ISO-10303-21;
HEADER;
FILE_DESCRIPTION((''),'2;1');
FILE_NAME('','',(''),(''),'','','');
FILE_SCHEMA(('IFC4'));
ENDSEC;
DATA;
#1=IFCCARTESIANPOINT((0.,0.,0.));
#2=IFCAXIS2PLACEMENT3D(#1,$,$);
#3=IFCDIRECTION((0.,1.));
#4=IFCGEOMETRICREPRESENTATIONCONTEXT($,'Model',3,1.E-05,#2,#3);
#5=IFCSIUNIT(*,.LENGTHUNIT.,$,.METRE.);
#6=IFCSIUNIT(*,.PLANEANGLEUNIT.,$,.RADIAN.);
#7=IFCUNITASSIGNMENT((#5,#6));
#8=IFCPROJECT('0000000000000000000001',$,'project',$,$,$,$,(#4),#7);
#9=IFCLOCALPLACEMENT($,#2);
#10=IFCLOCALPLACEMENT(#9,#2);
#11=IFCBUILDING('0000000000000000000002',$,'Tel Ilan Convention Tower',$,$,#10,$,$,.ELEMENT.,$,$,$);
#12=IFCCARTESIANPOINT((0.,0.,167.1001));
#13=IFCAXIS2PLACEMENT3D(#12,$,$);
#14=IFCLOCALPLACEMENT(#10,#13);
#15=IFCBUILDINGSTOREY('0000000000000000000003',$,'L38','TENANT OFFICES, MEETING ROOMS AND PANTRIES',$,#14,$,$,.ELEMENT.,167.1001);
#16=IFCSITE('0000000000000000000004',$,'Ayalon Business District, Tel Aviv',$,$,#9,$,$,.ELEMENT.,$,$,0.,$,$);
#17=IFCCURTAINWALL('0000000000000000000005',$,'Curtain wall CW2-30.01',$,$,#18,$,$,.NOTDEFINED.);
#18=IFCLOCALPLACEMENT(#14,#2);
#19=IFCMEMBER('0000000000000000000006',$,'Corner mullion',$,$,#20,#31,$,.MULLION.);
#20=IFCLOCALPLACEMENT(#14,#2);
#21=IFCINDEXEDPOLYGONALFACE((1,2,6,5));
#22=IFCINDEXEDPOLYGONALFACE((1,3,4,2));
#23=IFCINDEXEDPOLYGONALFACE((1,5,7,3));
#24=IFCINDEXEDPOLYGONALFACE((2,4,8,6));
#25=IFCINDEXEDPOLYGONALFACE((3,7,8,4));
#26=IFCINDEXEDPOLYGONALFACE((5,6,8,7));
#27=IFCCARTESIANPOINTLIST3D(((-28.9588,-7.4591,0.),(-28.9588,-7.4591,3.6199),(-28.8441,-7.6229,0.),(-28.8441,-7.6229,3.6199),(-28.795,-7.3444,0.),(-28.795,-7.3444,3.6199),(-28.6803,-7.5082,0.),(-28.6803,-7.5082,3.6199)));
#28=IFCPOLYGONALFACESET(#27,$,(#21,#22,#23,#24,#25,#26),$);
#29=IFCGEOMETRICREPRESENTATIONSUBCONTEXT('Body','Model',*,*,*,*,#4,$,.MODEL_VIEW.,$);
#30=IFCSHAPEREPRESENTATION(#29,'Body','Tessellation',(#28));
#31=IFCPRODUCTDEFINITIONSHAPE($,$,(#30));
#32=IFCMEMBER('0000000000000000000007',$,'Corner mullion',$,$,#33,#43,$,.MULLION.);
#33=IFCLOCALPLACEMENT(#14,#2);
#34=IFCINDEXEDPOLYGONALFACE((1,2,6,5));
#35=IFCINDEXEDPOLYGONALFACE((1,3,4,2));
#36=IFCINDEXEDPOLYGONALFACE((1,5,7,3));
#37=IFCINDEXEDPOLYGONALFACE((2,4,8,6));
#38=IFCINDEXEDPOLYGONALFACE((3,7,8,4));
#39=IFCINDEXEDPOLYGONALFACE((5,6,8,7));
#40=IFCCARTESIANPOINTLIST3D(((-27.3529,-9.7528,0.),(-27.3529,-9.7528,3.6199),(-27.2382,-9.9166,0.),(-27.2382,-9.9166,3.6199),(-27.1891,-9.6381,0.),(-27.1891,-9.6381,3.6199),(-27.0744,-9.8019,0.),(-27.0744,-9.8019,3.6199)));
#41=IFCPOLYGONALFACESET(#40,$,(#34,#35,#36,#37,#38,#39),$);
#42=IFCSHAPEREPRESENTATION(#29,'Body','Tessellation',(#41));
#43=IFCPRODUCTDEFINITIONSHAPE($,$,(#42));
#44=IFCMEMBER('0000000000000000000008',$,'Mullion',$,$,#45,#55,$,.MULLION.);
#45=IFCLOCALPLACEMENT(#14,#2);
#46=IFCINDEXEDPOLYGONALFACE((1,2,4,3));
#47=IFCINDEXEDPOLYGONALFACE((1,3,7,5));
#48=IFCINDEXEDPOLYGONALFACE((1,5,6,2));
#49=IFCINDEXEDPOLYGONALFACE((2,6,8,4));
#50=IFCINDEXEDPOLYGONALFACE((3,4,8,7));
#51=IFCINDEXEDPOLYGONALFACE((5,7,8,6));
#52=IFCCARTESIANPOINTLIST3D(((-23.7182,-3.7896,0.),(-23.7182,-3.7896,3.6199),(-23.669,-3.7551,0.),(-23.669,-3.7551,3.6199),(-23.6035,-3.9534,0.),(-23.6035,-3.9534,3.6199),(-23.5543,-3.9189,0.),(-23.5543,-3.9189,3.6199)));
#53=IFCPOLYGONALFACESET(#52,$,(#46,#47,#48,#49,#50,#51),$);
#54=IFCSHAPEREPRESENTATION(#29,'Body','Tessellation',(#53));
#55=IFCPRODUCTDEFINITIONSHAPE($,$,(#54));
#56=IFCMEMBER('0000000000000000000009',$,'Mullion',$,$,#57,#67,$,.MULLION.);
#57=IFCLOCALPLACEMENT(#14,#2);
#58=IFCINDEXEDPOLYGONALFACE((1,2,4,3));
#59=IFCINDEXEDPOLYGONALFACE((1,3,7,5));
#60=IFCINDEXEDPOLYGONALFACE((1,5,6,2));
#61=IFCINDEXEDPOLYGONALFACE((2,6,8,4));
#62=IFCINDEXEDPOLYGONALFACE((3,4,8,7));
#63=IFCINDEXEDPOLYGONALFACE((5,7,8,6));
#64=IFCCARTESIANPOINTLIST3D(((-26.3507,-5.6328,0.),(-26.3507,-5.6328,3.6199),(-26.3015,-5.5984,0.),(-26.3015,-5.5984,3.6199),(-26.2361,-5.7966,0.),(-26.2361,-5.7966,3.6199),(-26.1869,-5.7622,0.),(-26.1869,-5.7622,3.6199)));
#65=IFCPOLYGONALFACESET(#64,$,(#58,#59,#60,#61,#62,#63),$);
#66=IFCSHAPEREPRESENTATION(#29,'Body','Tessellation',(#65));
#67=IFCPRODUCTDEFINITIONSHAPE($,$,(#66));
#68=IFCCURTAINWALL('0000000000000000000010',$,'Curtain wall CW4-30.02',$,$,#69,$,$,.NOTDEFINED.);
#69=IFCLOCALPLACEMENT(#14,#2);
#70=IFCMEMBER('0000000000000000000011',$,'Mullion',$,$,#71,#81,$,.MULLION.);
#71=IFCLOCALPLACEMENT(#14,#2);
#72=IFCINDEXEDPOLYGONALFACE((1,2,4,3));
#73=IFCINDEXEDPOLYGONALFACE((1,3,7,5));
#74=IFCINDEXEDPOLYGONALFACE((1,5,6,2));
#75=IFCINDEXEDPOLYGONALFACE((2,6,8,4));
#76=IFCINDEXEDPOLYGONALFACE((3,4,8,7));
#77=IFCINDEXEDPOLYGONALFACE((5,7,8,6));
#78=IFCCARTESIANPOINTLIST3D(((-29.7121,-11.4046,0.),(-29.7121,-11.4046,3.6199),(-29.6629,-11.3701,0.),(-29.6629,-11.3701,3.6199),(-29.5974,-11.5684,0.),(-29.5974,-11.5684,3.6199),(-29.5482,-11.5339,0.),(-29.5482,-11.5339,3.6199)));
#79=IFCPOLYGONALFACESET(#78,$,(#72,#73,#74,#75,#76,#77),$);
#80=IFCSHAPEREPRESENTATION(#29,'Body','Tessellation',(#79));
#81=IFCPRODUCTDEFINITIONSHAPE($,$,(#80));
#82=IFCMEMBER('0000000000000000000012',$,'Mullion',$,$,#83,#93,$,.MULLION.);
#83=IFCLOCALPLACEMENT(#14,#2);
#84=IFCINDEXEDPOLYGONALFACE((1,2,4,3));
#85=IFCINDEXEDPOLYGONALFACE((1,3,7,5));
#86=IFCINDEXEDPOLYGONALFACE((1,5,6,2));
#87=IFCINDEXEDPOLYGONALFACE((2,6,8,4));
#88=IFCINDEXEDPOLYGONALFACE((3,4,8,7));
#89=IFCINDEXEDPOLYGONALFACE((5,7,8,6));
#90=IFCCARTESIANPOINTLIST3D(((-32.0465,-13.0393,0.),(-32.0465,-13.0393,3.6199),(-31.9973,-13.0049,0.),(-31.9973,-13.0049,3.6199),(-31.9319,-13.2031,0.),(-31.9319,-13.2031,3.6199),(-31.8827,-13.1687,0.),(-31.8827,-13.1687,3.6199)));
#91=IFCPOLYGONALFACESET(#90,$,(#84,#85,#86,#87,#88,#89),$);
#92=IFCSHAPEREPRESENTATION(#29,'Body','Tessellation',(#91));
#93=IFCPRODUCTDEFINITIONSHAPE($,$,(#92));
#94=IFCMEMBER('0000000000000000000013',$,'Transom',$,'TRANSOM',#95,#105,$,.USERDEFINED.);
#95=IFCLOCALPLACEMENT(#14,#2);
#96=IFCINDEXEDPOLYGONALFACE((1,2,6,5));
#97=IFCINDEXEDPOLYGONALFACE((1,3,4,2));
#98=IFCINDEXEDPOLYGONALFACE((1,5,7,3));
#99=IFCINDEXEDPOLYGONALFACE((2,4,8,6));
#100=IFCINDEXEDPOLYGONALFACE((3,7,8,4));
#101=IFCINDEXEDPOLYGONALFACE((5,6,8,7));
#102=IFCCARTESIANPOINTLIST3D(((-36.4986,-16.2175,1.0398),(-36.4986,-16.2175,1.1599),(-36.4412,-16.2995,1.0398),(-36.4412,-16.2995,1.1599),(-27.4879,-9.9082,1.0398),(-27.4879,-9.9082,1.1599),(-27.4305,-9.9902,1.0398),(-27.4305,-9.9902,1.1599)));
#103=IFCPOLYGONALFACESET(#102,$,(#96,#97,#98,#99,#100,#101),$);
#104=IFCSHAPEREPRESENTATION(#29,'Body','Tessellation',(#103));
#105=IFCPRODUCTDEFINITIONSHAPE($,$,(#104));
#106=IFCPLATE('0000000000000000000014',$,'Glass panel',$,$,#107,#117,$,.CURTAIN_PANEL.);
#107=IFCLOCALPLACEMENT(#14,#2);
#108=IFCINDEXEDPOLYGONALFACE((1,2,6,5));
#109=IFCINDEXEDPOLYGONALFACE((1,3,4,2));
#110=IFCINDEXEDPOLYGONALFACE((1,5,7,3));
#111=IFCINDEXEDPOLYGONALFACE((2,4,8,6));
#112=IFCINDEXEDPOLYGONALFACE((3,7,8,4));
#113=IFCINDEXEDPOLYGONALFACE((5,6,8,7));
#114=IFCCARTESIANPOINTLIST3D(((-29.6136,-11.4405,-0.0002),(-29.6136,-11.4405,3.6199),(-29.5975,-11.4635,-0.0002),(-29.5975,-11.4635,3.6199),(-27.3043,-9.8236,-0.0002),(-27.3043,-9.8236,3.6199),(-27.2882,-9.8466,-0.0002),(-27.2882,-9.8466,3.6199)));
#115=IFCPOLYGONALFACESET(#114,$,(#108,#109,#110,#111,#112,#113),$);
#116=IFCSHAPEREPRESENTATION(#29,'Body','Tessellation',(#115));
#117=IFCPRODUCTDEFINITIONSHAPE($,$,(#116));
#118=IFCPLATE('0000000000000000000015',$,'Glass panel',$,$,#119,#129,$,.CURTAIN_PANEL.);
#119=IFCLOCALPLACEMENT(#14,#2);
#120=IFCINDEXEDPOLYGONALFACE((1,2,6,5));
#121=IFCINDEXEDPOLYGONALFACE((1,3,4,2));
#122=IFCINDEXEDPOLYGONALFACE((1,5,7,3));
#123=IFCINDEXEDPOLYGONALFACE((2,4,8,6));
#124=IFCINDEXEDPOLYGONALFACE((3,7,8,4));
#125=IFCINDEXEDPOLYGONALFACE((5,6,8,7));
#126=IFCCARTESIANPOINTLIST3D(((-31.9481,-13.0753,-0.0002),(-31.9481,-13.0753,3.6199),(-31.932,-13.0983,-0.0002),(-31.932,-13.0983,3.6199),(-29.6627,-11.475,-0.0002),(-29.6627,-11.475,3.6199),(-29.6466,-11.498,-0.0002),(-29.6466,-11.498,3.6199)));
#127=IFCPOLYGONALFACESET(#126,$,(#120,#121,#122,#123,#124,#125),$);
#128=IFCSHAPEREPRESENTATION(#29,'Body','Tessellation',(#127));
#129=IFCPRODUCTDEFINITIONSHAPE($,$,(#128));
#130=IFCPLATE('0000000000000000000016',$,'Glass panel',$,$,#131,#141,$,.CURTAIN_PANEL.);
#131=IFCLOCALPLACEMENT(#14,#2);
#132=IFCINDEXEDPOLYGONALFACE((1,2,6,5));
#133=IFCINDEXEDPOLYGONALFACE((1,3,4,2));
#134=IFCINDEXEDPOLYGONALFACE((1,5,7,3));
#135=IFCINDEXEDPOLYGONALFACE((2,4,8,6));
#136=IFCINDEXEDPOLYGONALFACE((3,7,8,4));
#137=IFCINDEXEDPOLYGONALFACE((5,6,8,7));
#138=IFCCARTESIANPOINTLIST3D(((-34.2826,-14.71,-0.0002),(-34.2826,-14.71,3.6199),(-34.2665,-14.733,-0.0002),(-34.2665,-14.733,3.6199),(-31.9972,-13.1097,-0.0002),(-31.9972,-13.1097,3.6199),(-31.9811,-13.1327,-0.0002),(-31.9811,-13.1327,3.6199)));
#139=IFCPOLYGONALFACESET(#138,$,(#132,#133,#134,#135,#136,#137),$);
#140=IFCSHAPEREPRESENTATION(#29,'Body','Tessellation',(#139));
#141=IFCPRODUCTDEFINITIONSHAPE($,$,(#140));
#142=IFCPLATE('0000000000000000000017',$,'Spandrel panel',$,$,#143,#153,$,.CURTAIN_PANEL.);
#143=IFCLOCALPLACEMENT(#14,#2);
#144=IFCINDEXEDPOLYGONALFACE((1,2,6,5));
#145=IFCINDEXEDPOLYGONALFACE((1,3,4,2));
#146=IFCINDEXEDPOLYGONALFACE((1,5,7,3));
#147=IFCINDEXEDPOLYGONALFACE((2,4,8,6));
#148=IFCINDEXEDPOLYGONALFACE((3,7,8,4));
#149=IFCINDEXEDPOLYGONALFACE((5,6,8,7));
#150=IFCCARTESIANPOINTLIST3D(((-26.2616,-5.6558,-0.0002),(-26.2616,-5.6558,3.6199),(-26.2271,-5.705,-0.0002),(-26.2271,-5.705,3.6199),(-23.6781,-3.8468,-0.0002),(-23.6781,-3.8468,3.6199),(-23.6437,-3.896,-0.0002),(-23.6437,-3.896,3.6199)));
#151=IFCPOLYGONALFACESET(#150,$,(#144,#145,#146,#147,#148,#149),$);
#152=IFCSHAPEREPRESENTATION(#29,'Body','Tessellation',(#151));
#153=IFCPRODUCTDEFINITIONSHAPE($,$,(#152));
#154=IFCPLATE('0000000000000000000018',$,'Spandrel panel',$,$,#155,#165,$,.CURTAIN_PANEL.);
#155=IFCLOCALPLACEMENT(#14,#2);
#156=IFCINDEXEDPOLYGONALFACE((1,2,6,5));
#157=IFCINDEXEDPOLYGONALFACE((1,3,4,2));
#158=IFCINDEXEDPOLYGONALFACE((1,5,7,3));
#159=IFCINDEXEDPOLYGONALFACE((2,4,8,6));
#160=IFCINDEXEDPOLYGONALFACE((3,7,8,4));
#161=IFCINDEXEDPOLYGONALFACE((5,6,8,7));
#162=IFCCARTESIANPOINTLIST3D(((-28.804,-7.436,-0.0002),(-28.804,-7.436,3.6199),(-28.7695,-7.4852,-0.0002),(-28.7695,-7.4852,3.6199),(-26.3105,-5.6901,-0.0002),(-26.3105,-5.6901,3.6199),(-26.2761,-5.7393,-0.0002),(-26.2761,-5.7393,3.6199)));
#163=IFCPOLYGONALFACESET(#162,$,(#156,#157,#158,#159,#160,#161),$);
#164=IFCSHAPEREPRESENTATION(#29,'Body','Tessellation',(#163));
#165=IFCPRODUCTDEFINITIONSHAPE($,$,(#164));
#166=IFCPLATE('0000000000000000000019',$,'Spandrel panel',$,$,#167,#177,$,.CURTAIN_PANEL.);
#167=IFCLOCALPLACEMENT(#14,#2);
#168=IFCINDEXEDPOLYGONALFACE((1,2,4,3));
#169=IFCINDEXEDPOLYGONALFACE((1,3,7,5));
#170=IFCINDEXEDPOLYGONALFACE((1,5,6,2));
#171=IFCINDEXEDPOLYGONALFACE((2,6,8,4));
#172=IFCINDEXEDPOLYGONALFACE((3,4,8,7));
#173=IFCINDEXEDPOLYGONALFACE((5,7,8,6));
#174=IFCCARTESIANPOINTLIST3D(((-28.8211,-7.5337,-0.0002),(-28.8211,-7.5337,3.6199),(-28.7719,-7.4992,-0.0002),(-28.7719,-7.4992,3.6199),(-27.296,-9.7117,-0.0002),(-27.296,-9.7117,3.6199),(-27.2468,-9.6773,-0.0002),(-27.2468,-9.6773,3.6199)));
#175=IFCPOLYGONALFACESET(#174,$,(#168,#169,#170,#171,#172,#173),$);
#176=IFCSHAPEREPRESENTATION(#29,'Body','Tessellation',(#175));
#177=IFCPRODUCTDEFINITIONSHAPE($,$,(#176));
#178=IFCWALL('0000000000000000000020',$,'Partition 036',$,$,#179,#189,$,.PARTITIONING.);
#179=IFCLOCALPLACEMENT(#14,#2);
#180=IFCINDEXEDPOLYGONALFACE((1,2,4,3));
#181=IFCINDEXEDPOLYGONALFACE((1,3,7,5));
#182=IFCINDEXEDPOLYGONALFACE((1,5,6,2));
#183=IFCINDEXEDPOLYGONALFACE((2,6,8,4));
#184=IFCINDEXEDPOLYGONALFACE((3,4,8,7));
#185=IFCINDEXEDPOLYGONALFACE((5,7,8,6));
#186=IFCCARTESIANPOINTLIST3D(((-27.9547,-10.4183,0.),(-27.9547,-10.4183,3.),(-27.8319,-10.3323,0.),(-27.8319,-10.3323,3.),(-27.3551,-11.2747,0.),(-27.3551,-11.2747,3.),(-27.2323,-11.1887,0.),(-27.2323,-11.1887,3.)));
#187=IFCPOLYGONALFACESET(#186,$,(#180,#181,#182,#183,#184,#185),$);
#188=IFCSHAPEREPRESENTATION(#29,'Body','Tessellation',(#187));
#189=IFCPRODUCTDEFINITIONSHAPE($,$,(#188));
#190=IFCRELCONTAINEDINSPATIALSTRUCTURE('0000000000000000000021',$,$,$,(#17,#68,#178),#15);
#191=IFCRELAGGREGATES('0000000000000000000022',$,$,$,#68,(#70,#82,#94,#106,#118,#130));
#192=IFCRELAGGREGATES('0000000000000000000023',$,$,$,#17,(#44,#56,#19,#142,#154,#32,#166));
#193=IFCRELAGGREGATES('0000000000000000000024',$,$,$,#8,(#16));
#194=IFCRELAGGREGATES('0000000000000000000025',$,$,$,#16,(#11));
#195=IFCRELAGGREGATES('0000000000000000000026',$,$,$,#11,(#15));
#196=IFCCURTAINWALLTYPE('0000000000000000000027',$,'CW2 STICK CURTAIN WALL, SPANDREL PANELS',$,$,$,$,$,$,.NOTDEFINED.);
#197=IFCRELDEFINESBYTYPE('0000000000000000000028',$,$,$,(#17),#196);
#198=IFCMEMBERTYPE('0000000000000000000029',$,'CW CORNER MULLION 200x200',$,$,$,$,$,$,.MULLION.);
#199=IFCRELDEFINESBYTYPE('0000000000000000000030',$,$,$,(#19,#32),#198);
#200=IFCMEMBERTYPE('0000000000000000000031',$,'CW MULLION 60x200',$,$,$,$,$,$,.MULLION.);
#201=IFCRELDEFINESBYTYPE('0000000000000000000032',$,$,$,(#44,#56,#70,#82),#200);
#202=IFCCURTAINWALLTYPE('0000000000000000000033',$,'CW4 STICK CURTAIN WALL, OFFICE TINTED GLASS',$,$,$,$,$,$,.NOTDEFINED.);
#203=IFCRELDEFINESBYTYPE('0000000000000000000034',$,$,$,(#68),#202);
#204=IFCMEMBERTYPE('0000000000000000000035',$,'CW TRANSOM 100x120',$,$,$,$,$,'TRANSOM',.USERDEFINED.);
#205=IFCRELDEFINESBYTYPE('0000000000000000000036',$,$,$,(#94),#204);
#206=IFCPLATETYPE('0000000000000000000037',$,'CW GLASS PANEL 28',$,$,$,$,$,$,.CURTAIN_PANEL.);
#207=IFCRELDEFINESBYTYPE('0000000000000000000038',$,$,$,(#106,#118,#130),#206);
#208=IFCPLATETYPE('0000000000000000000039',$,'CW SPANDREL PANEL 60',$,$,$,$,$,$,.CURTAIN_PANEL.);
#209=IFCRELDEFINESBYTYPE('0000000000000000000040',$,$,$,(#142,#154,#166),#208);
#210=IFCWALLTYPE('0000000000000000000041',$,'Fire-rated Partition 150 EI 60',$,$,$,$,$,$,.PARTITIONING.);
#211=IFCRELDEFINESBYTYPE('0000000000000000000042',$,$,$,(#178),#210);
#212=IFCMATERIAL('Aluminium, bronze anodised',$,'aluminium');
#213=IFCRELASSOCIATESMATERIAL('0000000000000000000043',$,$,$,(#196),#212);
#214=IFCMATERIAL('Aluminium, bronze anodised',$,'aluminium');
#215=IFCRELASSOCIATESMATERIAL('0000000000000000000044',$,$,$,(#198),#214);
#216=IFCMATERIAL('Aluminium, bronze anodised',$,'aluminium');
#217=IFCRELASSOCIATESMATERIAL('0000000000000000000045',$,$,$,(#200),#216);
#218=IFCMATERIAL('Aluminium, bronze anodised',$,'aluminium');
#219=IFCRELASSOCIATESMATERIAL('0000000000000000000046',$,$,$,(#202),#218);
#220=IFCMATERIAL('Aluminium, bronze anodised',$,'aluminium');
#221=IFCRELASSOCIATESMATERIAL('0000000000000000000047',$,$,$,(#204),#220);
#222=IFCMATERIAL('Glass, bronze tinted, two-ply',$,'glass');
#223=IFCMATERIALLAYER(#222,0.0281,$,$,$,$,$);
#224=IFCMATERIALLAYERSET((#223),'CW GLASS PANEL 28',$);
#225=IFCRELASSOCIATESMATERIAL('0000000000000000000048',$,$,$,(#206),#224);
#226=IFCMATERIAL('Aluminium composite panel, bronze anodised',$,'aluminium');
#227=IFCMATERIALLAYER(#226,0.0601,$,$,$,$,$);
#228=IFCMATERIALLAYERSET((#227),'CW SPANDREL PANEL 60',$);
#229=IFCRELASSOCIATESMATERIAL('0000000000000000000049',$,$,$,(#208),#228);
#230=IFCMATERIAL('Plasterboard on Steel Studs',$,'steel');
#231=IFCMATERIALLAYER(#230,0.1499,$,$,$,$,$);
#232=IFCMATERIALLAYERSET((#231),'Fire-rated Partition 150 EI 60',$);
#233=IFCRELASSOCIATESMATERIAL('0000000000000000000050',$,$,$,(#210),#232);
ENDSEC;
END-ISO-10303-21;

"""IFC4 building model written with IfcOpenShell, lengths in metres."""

from ifc_helpers import new_model, si_unit, direction, frame, frame_2d, origin, origin_2d, place, context, subcontext, project, spatial, rectangle, extrude, material, layer, layer_set, material_profile, profile_set, type_object, element, aggregate, save


model = new_model("IFC4")

# Units and contexts
model_context = context("Model", 3, precision=1e-05, world=origin(), true_north=direction((0.0, 1.0)))
body_context = subcontext(model_context, "Body", "Model", "MODEL_VIEW")
ifc_project = project(units=[si_unit("LENGTHUNIT", "METRE"), si_unit("PLANEANGLEUNIT", "RADIAN")], contexts=[model_context])

# Site, building, storey
site_placement = place(None, origin())
site = spatial("IfcSite", under=ifc_project, at=site_placement, Name="Ayalon Business District, Tel Aviv", CompositionType="ELEMENT", RefElevation=0.0)
building_placement = place(site_placement, origin())
building = spatial("IfcBuilding", under=site, at=building_placement, Name="Tel Ilan Convention Tower", CompositionType="ELEMENT")
storey_placement = place(building_placement, frame((0.0, 0.0, 167.1001)))
storey = spatial("IfcBuildingStorey", under=building, at=storey_placement, Name="L38", Description="TENANT OFFICES, MEETING ROOMS AND PANTRIES", CompositionType="ELEMENT", Elevation=167.1001)

# Curtain wall, members
ifc_material_1 = material(Name="Aluminium, bronze anodised", Category="aluminium")
curtain_wall_type_1 = type_object("IfcCurtainWallType", Name="CW2 STICK CURTAIN WALL, SPANDREL PANELS", PredefinedType="NOTDEFINED", material=ifc_material_1)
curtain_wall_1_placement = place(storey_placement, origin())
curtain_wall_1 = element("IfcCurtainWall", 1, at=curtain_wall_1_placement, inside=storey, type_object=curtain_wall_type_1, Name="Curtain wall CW2-30.01", PredefinedType="NOTDEFINED")
ifc_material_2 = material(Name="Aluminium, bronze anodised", Category="aluminium")
ifc_material_profile_1 = material_profile(ifc_material_2, rectangle(XDim=0.2, YDim=0.2, at=origin_2d()), Name="CW CORNER MULLION 200x200")
ifc_profile_set_1 = profile_set([ifc_material_profile_1], Name="Aluminium, bronze anodised")
member_type_1 = type_object("IfcMemberType", Name="CW CORNER MULLION 200x200", PredefinedType="MULLION", material=ifc_profile_set_1)
member_1_placement = place(storey_placement, frame((-28.8196, -7.4836, 0.0), z_axis=(0.0, 0.0, 1.0), x_axis=(-0.819152, -0.573576, 0.0)))
member_1 = element("IfcMember", 2, at=member_1_placement, type_object=member_type_1, Name="Corner mullion", PredefinedType="MULLION", context=body_context, shape_type="SweptSolid", body=[
    extrude(rectangle(XDim=0.2, YDim=0.2, at=origin_2d()), origin(), (0.0, 0.0, 1.0), 3.6199),
])
member_2_placement = place(storey_placement, frame((-27.2136, -9.7773, 0.0), z_axis=(0.0, 0.0, 1.0), x_axis=(0.573576, -0.819152, 0.0)))
member_2 = element("IfcMember", 3, at=member_2_placement, type_object=member_type_1, Name="Corner mullion", PredefinedType="MULLION", context=body_context, shape_type="SweptSolid", body=[
    extrude(rectangle(XDim=0.2, YDim=0.2, at=origin_2d()), origin(), (0.0, 0.0, 1.0), 3.6199),
])
ifc_material_3 = material(Name="Aluminium, bronze anodised", Category="aluminium")
ifc_material_profile_2 = material_profile(ifc_material_3, rectangle(XDim=0.0601, YDim=0.2, at=origin_2d()), Name="CW MULLION 60x200")
ifc_profile_set_2 = profile_set([ifc_material_profile_2], Name="Aluminium, bronze anodised")
member_type_2 = type_object("IfcMemberType", Name="CW MULLION 60x200", PredefinedType="MULLION", material=ifc_profile_set_2)
member_3_placement = place(storey_placement, frame((-23.6362, -3.8542, 0.0), z_axis=(0.0, 0.0, 1.0), x_axis=(-0.819152, -0.573576, 0.0)))
member_3 = element("IfcMember", 4, at=member_3_placement, type_object=member_type_2, Name="Mullion", PredefinedType="MULLION", context=body_context, shape_type="SweptSolid", body=[
    extrude(rectangle(XDim=0.0601, YDim=0.2, at=origin_2d()), origin(), (0.0, 0.0, 1.0), 3.6199),
])
member_4_placement = place(storey_placement, frame((-26.2688, -5.6975, 0.0), z_axis=(0.0, 0.0, 1.0), x_axis=(-0.819152, -0.573576, 0.0)))
member_4 = element("IfcMember", 5, at=member_4_placement, type_object=member_type_2, Name="Mullion", PredefinedType="MULLION", context=body_context, shape_type="SweptSolid", body=[
    extrude(rectangle(XDim=0.0601, YDim=0.2, at=origin_2d()), origin(), (0.0, 0.0, 1.0), 3.6199),
])

# Curtain wall, members, plates
ifc_material_4 = material(Name="Aluminium, bronze anodised", Category="aluminium")
curtain_wall_type_2 = type_object("IfcCurtainWallType", Name="CW4 STICK CURTAIN WALL, OFFICE TINTED GLASS", PredefinedType="NOTDEFINED", material=ifc_material_4)
curtain_wall_2_placement = place(storey_placement, origin())
curtain_wall_2 = element("IfcCurtainWall", 6, at=curtain_wall_2_placement, inside=storey, type_object=curtain_wall_type_2, Name="Curtain wall CW4-30.02", PredefinedType="NOTDEFINED")
member_5_placement = place(storey_placement, frame((-29.6301, -11.4692, 0.0), z_axis=(0.0, 0.0, 1.0), x_axis=(-0.819152, -0.573576, 0.0)))
member_5 = element("IfcMember", 7, at=member_5_placement, type_object=member_type_2, Name="Mullion", PredefinedType="MULLION", context=body_context, shape_type="SweptSolid", body=[
    extrude(rectangle(XDim=0.0601, YDim=0.2, at=origin_2d()), origin(), (0.0, 0.0, 1.0), 3.6199),
])
member_6_placement = place(storey_placement, frame((-31.9646, -13.104, 0.0), z_axis=(0.0, 0.0, 1.0), x_axis=(-0.819152, -0.573576, 0.0)))
member_6 = element("IfcMember", 8, at=member_6_placement, type_object=member_type_2, Name="Mullion", PredefinedType="MULLION", context=body_context, shape_type="SweptSolid", body=[
    extrude(rectangle(XDim=0.0601, YDim=0.2, at=origin_2d()), origin(), (0.0, 0.0, 1.0), 3.6199),
])
ifc_material_5 = material(Name="Aluminium, bronze anodised", Category="aluminium")
ifc_material_profile_3 = material_profile(ifc_material_5, rectangle(XDim=0.1001, YDim=0.1201, at=origin_2d()), Name="CW TRANSOM 100x120")
ifc_profile_set_3 = profile_set([ifc_material_profile_3], Name="Aluminium, bronze anodised")
member_type_3 = type_object("IfcMemberType", Name="CW TRANSOM 100x120", ElementType="TRANSOM", PredefinedType="USERDEFINED", material=ifc_profile_set_3)
member_7_placement = place(storey_placement, frame((-27.4592, -9.9492, 1.0999), z_axis=(-0.819155, -0.573573, 0.0), x_axis=(0.573573, -0.819155, 0.0)))
member_7 = element("IfcMember", 9, at=member_7_placement, type_object=member_type_3, Name="Transom", ObjectType="TRANSOM", PredefinedType="USERDEFINED", context=body_context, shape_type="SweptSolid", body=[
    extrude(rectangle(XDim=0.1001, YDim=0.1201, at=origin_2d()), origin(), (0.0, 0.0, 1.0), 11.0),
])
ifc_material_6 = material(Name="Glass, bronze tinted, two-ply", Category="glass")
ifc_layer_1 = layer(ifc_material_6, 0.0281)
ifc_layer_set_1 = layer_set([ifc_layer_1], Name="CW GLASS PANEL 28")
plate_type_1 = type_object("IfcPlateType", Name="CW GLASS PANEL 28", PredefinedType="CURTAIN_PANEL", material=ifc_layer_set_1)
plate_1_placement = place(storey_placement, frame((-28.4509, -10.6436, -0.0002), z_axis=(0.0, 0.0, 1.0), x_axis=(-0.819152, -0.573576, 0.0)))
plate_1 = element("IfcPlate", 10, at=plate_1_placement, type_object=plate_type_1, Name="Glass panel", PredefinedType="CURTAIN_PANEL", context=body_context, shape_type="SweptSolid", body=[
    extrude(rectangle(XDim=2.8191, YDim=0.0281, at=origin_2d()), origin(), (0.0, 0.0, 1.0), 3.6201),
])
plate_2_placement = place(storey_placement, frame((-30.7974, -12.2866, -0.0002), z_axis=(0.0, 0.0, 1.0), x_axis=(-0.819152, -0.573576, 0.0)))
plate_2 = element("IfcPlate", 11, at=plate_2_placement, type_object=plate_type_1, Name="Glass panel", PredefinedType="CURTAIN_PANEL", context=body_context, shape_type="SweptSolid", body=[
    extrude(rectangle(XDim=2.79, YDim=0.0281, at=origin_2d()), origin(), (0.0, 0.0, 1.0), 3.6201),
])
plate_3_placement = place(storey_placement, frame((-33.1318, -13.9214, -0.0002), z_axis=(0.0, 0.0, 1.0), x_axis=(-0.819152, -0.573576, 0.0)))
plate_3 = element("IfcPlate", 12, at=plate_3_placement, type_object=plate_type_1, Name="Glass panel", PredefinedType="CURTAIN_PANEL", context=body_context, shape_type="SweptSolid", body=[
    extrude(rectangle(XDim=2.79, YDim=0.0281, at=origin_2d()), origin(), (0.0, 0.0, 1.0), 3.6201),
])
aggregate(curtain_wall_2, [member_5, member_6, member_7, plate_1, plate_2, plate_3])

# Plates
ifc_material_7 = material(Name="Aluminium composite panel, bronze anodised", Category="aluminium")
ifc_layer_2 = layer(ifc_material_7, 0.0601)
ifc_layer_set_2 = layer_set([ifc_layer_2], Name="CW SPANDREL PANEL 60")
plate_type_2 = type_object("IfcPlateType", Name="CW SPANDREL PANEL 60", PredefinedType="CURTAIN_PANEL", material=ifc_layer_set_2)
plate_4_placement = place(storey_placement, frame((-24.9526, -4.7759, -0.0002), z_axis=(0.0, 0.0, 1.0), x_axis=(-0.819152, -0.573576, 0.0)))
plate_4 = element("IfcPlate", 13, at=plate_4_placement, type_object=plate_type_2, Name="Spandrel panel", PredefinedType="CURTAIN_PANEL", context=body_context, shape_type="SweptSolid", body=[
    extrude(rectangle(XDim=3.1538, YDim=0.0601, at=origin_2d()), origin(), (0.0, 0.0, 1.0), 3.6201),
])
plate_5_placement = place(storey_placement, frame((-27.54, -6.5876, -0.0002), z_axis=(0.0, 0.0, 1.0), x_axis=(-0.819152, -0.573576, 0.0)))
plate_5 = element("IfcPlate", 14, at=plate_5_placement, type_object=plate_type_2, Name="Spandrel panel", PredefinedType="CURTAIN_PANEL", context=body_context, shape_type="SweptSolid", body=[
    extrude(rectangle(XDim=3.0439, YDim=0.0601, at=origin_2d()), origin(), (0.0, 0.0, 1.0), 3.6201),
])
plate_6_placement = place(storey_placement, frame((-28.0339, -8.6055, -0.0002), z_axis=(0.0, 0.0, 1.0), x_axis=(0.573576, -0.819152, 0.0)))
plate_6 = element("IfcPlate", 15, at=plate_6_placement, type_object=plate_type_2, Name="Spandrel panel", PredefinedType="CURTAIN_PANEL", context=body_context, shape_type="SweptSolid", body=[
    extrude(rectangle(XDim=2.6589, YDim=0.0601, at=origin_2d()), origin(), (0.0, 0.0, 1.0), 3.6201),
])
aggregate(curtain_wall_1, [member_3, member_4, member_1, plate_4, plate_5, member_2, plate_6])

# Wall
ifc_material_8 = material(Name="Plasterboard on Steel Studs", Category="steel")
ifc_layer_3 = layer(ifc_material_8, 0.1499)
ifc_layer_set_3 = layer_set([ifc_layer_3], Name="Fire-rated Partition 150 EI 60")
wall_type_1 = type_object("IfcWallType", Name="Fire-rated Partition 150 EI 60", PredefinedType="PARTITIONING", material=ifc_layer_set_3)
wall_1_placement = place(storey_placement, frame((-27.2937, -11.2317, 0.0), z_axis=(0.0, 0.0, 1.0), x_axis=(-0.573525, 0.819188, 0.0)))
element("IfcWall", 16, at=wall_1_placement, inside=storey, type_object=wall_type_1, Name="Partition 036", PredefinedType="PARTITIONING", context=body_context, shape_type="SweptSolid", body=[
    extrude(rectangle(XDim=1.0454, YDim=0.1499, at=frame_2d((0.5227, 0.0))), origin(), (0.0, 0.0, 1.0), 3.0),
])

save(model, "model.ifc")
